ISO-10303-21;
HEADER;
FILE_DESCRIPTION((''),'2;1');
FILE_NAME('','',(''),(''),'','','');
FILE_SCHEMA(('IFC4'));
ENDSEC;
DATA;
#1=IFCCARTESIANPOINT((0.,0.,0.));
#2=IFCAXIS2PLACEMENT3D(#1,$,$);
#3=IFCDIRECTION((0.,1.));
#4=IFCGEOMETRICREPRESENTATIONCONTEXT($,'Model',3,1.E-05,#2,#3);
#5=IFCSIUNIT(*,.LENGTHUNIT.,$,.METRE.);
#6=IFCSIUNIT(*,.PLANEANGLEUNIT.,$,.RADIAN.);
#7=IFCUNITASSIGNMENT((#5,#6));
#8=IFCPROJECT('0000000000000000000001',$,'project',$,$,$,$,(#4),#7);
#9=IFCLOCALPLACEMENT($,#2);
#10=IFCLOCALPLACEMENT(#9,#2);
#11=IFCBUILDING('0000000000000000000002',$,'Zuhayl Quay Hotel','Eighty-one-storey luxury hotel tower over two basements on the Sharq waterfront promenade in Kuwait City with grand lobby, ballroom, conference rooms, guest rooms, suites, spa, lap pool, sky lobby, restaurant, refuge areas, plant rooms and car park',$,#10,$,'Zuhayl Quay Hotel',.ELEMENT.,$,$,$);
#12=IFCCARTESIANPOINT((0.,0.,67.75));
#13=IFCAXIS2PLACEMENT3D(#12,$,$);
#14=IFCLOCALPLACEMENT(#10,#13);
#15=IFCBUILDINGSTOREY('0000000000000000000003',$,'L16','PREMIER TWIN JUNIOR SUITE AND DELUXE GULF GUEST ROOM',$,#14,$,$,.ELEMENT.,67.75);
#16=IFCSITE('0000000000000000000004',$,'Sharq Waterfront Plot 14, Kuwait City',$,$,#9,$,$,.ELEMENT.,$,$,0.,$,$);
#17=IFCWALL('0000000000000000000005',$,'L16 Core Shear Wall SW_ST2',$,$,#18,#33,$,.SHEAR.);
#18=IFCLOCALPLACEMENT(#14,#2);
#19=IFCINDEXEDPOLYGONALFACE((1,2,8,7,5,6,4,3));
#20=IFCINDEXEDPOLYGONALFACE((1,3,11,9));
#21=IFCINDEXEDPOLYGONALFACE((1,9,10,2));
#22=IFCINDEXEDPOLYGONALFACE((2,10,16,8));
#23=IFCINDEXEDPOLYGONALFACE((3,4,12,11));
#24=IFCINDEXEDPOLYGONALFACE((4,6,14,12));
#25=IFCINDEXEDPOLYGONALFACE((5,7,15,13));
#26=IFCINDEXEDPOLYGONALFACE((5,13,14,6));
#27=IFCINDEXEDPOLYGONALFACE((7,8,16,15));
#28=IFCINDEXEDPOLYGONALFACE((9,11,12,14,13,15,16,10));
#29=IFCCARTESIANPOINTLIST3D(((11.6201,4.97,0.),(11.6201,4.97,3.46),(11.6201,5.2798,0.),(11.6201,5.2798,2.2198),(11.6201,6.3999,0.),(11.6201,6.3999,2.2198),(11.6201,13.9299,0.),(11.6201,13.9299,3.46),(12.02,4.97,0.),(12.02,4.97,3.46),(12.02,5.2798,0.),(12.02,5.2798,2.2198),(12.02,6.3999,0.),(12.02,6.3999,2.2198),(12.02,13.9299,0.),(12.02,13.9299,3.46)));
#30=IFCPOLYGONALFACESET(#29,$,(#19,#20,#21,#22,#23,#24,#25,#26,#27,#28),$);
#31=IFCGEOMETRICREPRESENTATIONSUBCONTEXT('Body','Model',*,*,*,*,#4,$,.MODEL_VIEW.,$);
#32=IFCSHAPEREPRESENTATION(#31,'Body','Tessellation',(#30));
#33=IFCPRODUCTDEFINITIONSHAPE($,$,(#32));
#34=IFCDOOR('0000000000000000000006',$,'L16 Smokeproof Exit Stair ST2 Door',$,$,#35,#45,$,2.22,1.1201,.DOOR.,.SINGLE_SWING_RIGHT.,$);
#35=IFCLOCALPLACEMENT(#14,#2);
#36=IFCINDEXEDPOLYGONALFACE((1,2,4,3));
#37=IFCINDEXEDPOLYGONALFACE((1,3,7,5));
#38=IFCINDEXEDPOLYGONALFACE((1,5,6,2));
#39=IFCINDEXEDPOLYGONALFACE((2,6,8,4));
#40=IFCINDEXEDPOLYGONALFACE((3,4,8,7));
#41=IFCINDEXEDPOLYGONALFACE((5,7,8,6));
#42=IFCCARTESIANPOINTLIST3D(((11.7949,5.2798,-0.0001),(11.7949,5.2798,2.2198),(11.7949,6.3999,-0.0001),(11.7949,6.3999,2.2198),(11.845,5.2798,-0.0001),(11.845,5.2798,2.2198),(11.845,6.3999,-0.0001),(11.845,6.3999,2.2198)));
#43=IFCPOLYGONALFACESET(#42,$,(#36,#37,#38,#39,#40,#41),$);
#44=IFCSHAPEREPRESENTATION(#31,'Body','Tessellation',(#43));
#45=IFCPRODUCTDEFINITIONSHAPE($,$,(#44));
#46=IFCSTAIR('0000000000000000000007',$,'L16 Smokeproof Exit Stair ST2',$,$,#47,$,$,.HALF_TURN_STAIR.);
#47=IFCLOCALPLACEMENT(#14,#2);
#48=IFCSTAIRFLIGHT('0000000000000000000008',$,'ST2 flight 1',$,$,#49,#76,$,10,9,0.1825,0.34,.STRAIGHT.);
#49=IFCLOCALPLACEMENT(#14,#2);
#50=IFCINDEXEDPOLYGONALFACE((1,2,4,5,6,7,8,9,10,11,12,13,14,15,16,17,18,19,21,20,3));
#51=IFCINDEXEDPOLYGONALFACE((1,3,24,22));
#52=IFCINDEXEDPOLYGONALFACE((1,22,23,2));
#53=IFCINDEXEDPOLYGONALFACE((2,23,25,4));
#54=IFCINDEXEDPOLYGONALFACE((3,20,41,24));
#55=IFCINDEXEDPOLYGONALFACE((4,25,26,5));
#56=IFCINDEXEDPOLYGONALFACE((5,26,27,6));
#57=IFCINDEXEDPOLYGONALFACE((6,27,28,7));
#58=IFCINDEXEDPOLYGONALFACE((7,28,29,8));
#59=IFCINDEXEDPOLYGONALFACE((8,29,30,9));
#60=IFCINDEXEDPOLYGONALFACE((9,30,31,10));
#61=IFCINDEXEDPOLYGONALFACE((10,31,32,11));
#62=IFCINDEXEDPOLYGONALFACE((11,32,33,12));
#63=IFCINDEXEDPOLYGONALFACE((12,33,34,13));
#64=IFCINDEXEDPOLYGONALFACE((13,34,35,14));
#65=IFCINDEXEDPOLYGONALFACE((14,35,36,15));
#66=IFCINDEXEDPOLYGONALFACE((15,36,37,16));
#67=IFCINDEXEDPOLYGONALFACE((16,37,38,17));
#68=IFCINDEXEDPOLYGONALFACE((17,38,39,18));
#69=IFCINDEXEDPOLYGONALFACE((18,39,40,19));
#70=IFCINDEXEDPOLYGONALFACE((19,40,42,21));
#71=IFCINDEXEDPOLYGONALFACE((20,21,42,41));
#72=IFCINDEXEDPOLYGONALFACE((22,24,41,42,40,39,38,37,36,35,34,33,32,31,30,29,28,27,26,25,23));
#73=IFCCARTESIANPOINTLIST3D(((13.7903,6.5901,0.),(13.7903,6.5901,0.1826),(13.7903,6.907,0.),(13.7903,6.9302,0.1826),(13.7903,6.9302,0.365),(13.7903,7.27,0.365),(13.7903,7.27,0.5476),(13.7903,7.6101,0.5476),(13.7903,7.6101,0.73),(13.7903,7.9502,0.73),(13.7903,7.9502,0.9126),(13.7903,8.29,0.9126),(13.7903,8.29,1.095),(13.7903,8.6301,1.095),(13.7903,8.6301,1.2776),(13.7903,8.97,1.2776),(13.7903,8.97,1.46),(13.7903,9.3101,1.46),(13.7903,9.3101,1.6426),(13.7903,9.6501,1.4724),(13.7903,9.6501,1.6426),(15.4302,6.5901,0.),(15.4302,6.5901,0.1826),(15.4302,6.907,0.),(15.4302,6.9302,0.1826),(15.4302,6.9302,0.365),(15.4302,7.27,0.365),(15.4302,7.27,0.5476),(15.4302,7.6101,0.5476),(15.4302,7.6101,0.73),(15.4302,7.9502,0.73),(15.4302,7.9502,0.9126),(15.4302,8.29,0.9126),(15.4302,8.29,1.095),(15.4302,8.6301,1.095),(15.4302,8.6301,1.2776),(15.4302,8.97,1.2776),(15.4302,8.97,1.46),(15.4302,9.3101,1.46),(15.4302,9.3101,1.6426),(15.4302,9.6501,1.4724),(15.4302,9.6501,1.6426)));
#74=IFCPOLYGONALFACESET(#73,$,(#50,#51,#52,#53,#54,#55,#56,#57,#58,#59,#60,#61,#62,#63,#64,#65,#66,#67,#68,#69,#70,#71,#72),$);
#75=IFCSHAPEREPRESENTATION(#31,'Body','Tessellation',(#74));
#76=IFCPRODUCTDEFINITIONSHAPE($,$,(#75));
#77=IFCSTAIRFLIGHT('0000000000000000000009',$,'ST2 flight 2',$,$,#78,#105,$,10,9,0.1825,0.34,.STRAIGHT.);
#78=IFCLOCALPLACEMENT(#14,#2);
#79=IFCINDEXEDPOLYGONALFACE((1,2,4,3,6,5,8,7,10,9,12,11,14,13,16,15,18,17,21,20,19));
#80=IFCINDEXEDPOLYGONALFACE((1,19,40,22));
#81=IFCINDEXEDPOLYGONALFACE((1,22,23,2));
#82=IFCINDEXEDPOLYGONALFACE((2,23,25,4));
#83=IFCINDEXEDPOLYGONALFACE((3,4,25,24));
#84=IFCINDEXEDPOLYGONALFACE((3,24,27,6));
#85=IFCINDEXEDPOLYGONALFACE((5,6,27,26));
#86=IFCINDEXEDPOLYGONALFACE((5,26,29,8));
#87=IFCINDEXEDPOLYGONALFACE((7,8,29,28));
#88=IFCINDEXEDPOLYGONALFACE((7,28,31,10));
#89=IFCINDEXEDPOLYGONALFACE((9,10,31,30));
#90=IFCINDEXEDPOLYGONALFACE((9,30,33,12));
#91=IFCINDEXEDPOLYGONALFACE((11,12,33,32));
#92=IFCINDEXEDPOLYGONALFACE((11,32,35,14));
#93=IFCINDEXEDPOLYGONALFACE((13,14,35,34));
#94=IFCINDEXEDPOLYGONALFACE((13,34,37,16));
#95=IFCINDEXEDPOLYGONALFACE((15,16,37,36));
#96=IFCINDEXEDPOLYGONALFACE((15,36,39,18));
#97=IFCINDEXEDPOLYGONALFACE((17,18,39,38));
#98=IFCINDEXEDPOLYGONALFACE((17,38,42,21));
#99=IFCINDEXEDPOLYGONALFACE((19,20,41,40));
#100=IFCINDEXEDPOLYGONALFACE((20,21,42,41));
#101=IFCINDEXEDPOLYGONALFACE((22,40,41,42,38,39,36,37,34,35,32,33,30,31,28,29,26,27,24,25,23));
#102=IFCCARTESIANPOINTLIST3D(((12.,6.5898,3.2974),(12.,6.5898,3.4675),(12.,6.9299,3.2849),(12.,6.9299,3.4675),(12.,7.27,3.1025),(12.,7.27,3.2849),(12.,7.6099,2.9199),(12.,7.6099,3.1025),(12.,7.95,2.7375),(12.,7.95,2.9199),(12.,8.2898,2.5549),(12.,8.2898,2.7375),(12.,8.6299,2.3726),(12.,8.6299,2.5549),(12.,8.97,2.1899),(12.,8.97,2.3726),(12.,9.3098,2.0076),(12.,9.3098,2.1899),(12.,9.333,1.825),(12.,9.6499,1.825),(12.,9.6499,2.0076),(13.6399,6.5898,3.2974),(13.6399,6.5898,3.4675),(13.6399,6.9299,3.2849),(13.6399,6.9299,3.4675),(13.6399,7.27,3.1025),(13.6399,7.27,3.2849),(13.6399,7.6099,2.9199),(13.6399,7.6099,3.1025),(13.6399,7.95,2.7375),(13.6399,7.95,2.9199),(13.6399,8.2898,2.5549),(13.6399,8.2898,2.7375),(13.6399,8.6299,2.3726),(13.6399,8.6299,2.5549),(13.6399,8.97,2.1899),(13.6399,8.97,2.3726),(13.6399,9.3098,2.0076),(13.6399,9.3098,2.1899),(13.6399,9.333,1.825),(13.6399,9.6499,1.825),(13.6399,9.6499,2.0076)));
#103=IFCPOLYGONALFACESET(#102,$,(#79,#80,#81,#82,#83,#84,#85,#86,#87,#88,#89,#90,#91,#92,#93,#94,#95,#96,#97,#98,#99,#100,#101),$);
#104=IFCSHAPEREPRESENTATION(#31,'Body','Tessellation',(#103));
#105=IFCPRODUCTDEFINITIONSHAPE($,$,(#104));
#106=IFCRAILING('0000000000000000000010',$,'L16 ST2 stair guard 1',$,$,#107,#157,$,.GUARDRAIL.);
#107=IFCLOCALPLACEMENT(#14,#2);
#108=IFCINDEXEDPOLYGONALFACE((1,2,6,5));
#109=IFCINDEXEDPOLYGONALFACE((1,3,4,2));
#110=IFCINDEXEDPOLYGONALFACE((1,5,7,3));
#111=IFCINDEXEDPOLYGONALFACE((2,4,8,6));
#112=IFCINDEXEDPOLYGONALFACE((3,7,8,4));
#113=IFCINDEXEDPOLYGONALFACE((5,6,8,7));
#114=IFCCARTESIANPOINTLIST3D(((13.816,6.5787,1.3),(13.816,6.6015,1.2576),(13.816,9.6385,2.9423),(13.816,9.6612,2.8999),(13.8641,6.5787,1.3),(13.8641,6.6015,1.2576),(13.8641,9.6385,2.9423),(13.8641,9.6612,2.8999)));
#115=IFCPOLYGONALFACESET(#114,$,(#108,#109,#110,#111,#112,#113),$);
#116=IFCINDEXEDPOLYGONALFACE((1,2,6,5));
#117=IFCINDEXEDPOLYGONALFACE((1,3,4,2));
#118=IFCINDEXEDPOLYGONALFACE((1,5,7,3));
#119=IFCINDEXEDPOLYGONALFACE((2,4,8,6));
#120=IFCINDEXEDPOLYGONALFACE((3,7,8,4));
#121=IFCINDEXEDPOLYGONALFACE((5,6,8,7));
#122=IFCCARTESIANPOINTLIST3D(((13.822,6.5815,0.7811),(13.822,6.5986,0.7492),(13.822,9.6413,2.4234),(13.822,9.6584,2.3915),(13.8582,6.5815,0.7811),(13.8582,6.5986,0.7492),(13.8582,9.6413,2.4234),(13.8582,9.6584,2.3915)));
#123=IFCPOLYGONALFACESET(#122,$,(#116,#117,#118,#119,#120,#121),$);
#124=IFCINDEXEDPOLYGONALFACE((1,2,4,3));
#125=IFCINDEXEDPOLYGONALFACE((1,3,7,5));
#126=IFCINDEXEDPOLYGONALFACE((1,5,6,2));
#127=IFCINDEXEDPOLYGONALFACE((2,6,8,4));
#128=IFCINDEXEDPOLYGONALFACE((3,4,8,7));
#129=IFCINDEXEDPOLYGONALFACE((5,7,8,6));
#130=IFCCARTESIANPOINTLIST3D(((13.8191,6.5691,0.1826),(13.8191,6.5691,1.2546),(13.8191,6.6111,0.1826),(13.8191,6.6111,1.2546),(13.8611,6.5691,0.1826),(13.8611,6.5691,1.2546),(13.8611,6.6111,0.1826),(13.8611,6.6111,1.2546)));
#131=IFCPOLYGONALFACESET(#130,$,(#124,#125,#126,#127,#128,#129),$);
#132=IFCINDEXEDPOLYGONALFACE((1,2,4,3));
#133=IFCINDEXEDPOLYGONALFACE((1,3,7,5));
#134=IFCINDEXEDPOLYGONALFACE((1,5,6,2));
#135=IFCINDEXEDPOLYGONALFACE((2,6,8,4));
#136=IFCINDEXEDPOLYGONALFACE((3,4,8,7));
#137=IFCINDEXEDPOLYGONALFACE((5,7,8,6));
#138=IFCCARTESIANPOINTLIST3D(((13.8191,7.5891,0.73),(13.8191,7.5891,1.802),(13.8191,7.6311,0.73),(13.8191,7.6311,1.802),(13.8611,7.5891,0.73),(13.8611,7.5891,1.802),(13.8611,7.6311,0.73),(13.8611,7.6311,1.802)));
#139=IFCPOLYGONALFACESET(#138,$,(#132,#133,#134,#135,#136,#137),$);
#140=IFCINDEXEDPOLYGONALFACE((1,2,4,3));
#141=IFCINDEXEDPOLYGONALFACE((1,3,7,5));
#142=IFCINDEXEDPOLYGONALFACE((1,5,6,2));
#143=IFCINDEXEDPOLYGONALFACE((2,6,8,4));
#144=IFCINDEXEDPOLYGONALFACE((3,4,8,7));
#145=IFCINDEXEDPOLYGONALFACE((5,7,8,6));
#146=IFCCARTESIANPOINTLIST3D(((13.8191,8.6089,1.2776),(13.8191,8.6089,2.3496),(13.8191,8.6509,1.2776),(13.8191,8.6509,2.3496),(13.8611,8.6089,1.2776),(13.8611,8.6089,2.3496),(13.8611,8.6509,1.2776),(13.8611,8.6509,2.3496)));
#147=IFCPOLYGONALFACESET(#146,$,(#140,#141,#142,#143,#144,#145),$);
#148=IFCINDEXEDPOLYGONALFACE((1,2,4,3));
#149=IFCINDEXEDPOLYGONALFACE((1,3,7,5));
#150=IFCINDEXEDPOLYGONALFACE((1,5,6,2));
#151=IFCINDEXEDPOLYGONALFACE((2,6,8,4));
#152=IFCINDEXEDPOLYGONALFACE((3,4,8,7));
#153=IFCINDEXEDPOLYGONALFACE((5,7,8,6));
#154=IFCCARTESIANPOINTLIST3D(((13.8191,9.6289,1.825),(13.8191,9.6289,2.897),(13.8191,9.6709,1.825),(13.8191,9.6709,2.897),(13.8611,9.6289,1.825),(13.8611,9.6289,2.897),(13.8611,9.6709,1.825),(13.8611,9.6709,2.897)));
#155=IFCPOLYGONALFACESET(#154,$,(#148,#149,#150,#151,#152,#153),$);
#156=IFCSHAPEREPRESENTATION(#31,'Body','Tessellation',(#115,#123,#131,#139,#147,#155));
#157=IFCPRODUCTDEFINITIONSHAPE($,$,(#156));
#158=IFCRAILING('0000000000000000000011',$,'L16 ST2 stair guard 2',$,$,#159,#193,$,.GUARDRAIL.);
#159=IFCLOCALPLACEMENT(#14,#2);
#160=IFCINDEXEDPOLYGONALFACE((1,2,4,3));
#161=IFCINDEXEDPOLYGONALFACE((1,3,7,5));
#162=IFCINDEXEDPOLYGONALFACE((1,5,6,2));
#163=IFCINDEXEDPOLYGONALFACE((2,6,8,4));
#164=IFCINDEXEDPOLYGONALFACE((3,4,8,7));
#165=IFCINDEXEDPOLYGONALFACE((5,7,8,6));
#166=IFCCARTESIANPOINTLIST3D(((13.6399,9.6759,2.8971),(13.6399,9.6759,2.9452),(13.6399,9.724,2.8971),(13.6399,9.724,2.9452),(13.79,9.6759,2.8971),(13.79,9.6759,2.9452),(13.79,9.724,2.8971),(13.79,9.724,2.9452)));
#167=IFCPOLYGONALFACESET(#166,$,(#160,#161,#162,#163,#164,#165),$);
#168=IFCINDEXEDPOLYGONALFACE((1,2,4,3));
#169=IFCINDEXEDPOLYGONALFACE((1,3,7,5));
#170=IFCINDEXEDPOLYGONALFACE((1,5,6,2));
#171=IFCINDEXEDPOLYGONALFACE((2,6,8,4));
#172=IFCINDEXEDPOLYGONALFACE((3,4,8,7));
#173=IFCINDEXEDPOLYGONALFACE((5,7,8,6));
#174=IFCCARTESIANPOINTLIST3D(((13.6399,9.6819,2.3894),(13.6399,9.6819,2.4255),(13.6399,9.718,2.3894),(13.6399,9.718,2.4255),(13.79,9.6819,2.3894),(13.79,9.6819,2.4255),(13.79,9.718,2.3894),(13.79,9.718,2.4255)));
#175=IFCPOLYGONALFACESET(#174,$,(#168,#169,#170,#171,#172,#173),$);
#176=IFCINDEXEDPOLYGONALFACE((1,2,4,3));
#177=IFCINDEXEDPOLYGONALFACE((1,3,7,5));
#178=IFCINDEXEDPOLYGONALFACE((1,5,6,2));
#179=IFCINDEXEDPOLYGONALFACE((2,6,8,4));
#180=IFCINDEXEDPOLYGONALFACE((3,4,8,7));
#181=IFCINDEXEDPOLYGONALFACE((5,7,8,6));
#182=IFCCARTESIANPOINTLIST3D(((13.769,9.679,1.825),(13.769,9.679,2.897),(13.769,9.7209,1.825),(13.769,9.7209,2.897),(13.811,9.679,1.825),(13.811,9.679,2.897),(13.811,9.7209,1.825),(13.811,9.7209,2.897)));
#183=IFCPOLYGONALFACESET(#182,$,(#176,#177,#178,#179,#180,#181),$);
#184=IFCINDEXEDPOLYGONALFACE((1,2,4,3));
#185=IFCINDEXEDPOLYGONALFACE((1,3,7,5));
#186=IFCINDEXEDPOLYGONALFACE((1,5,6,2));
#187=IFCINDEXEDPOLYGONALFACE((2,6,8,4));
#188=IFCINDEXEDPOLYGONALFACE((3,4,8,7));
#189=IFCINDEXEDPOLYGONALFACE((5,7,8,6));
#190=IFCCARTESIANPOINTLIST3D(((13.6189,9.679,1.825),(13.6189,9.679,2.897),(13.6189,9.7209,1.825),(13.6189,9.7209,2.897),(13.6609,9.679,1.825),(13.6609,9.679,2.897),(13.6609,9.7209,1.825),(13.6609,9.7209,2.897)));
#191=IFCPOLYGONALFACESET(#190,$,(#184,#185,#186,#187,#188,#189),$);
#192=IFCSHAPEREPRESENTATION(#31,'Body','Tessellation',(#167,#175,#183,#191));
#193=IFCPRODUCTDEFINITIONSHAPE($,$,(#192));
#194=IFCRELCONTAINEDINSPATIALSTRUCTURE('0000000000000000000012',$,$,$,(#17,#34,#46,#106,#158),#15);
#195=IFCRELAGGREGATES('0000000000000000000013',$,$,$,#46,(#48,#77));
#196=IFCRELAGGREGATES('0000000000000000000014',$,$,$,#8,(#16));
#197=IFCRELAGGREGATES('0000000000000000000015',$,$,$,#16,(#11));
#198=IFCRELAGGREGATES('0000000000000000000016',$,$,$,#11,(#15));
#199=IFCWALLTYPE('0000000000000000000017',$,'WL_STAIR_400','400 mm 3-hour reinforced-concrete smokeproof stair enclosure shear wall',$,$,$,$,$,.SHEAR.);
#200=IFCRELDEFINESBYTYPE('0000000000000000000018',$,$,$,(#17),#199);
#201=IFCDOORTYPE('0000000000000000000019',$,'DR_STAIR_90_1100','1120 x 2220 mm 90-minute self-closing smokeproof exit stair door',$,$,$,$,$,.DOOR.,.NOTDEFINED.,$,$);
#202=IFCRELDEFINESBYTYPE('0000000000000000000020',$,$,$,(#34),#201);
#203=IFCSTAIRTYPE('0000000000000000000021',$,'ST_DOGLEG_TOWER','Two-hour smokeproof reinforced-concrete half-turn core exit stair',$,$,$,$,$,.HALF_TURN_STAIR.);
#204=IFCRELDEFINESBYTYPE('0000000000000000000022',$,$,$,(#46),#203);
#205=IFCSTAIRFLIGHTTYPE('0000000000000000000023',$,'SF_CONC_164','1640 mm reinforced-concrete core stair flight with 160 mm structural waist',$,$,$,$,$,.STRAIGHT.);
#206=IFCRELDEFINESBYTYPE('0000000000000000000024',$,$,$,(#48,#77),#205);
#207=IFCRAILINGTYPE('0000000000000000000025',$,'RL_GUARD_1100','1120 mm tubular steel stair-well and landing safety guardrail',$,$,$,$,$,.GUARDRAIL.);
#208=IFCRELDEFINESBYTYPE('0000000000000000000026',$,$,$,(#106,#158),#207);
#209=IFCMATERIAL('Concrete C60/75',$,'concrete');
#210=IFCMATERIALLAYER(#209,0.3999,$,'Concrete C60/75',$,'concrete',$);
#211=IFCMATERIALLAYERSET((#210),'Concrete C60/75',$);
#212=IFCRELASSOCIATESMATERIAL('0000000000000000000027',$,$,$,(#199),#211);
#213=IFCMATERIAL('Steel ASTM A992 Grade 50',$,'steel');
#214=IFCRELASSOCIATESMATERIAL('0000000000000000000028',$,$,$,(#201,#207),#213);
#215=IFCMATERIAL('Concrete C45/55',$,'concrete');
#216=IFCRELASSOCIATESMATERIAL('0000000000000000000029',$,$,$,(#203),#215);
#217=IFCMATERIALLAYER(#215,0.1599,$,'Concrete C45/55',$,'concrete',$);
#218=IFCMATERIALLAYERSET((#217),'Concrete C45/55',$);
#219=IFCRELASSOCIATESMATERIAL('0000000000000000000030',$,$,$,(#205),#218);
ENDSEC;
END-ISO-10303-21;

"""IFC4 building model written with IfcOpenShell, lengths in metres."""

from ifc_helpers import new_model, si_unit, direction, frame, frame_2d, origin, origin_2d, place, context, subcontext, project, spatial, polyline, rectangle, outline, extrude, material, layer, layer_set, type_object, element, fill, aggregate, save


model = new_model("IFC4")

# Units and contexts
model_context = context("Model", 3, precision=1e-05, world=origin(), true_north=direction((0.0, 1.0)))
body_context = subcontext(model_context, "Body", "Model", "MODEL_VIEW")
ifc_project = project(units=[si_unit("LENGTHUNIT", "METRE"), si_unit("PLANEANGLEUNIT", "RADIAN")], contexts=[model_context])

# Site, building, storey
site_placement = place(None, origin())
site = spatial("IfcSite", under=ifc_project, at=site_placement, Name="Sharq Waterfront Plot 14, Kuwait City", CompositionType="ELEMENT", RefElevation=0.0)
building_placement = place(site_placement, origin())
building = spatial("IfcBuilding", under=site, at=building_placement, Name="Zuhayl Quay Hotel", Description="Eighty-one-storey luxury hotel tower over two basements on the Sharq waterfront promenade in Kuwait City with grand lobby, ballroom, conference rooms, guest rooms, suites, spa, lap pool, sky lobby, restaurant, refuge areas, plant rooms and car park", LongName="Zuhayl Quay Hotel", CompositionType="ELEMENT")
storey_placement = place(building_placement, frame((0.0, 0.0, 67.75)))
storey = spatial("IfcBuildingStorey", under=building, at=storey_placement, Name="L16", Description="PREMIER TWIN JUNIOR SUITE AND DELUXE GULF GUEST ROOM", CompositionType="ELEMENT", Elevation=67.75)

# Shared definitions
ifc_material_1 = material(Name="Steel ASTM A992 Grade 50", Category="steel")

# Wall, opening, door
ifc_material_2 = material(Name="Concrete C60/75", Category="concrete")
ifc_layer_1 = layer(ifc_material_2, 0.3999, Name="Concrete C60/75", Category="concrete")
ifc_layer_set_1 = layer_set([ifc_layer_1], Name="Concrete C60/75")
wall_type_1 = type_object("IfcWallType", Name="WL_STAIR_400", Description="400 mm 3-hour reinforced-concrete smokeproof stair enclosure shear wall", PredefinedType="SHEAR", material=ifc_layer_set_1)
wall_1_placement = place(storey_placement, frame((11.8201, 13.9299, 0.0), z_axis=(0.0, 0.0, 1.0), x_axis=(0.0, -1.0, 0.0)))
wall_1 = element("IfcWall", 1, at=wall_1_placement, inside=storey, type_object=wall_type_1, Name="L16 Core Shear Wall SW_ST2", PredefinedType="SHEAR", context=body_context, shape_type="SweptSolid", body=[
    extrude(rectangle(XDim=8.96, YDim=0.3999, at=frame_2d((4.48, 0.0))), origin(), (0.0, 0.0, 1.0), 3.46),
])
opening_1_placement = place(wall_1_placement, frame((7.53, 0.0, 0.0)))
opening_1 = element("IfcOpeningElement", 2, at=opening_1_placement, cuts=wall_1, PredefinedType="OPENING", context=body_context, shape_type="SweptSolid", body=[
    extrude(rectangle(XDim=1.1201, YDim=2.22, at=frame_2d((0.5601, 1.1099))), frame((0.0, 0.21, 0.0), z_axis=(0.0, -1.0, 0.0), x_axis=(1.0, 0.0, 0.0)), (0.0, 0.0, 1.0), 0.4199),
])
door_type_1 = type_object("IfcDoorType", Name="DR_STAIR_90_1100", Description="1120 x 2220 mm 90-minute self-closing smokeproof exit stair door", OperationType="NOTDEFINED", PredefinedType="DOOR", material=ifc_material_1)
door_1_placement = place(opening_1_placement, origin())
door_1 = element("IfcDoor", 3, at=door_1_placement, inside=storey, type_object=door_type_1, Name="L16 Smokeproof Exit Stair ST2 Door", OperationType="SINGLE_SWING_RIGHT", OverallHeight=2.22, OverallWidth=1.1201, PredefinedType="DOOR", context=body_context, shape_type="SweptSolid", body=[
    extrude(rectangle(XDim=1.1201, YDim=2.22, at=frame_2d((0.5601, 1.1099))), frame((0.0, 0.0249, 0.0), z_axis=(0.0, -1.0, 0.0), x_axis=(1.0, 0.0, 0.0)), (0.0, 0.0, 1.0), 0.05),
])
fill(opening_1, door_1)

# Stair, stair flights
ifc_material_3 = material(Name="Concrete C45/55", Category="concrete")
stair_type = type_object("IfcStairType", Name="ST_DOGLEG_TOWER", Description="Two-hour smokeproof reinforced-concrete half-turn core exit stair", PredefinedType="HALF_TURN_STAIR", material=ifc_material_3)
stair_placement = place(storey_placement, origin())
stair = element("IfcStair", 4, at=stair_placement, inside=storey, type_object=stair_type, Name="L16 Smokeproof Exit Stair ST2", PredefinedType="HALF_TURN_STAIR")
ifc_layer_2 = layer(ifc_material_3, 0.1599, Name="Concrete C45/55", Category="concrete")
ifc_layer_set_2 = layer_set([ifc_layer_2], Name="Concrete C45/55")
stair_flight_type = type_object("IfcStairFlightType", Name="SF_CONC_164", Description="1640 mm reinforced-concrete core stair flight with 160 mm structural waist", PredefinedType="STRAIGHT", material=ifc_layer_set_2)
stair_flight_1_placement = place(storey_placement, frame((14.6101, 6.5901, 0.0), z_axis=(0.0, 0.0, 1.0), x_axis=(0.0, 1.0, 0.0)))
stair_flight_1 = element("IfcStairFlight", 5, at=stair_flight_1_placement, type_object=stair_flight_type, Name="ST2 flight 1", NumberOfRisers=10, NumberOfTreads=9, PredefinedType="STRAIGHT", RiserHeight=0.1825, TreadLength=0.34, context=body_context, shape_type="SweptSolid", body=[
    extrude(outline(polyline([(0.0, 0.0), (0.0, 0.1826), (0.3401, 0.1826), (0.3401, 0.365), (0.6799, 0.365), (0.6799, 0.5476), (1.02, 0.5476), (1.02, 0.73), (1.3601, 0.73), (1.3601, 0.9126), (1.7, 0.9126), (1.7, 1.095), (2.04, 1.095), (2.04, 1.2776), (2.3799, 1.2776), (2.3799, 1.46), (2.72, 1.46), (2.72, 1.6426), (3.0601, 1.6426), (3.0601, 1.825), (3.0601, 1.4724), (0.3169, 0.0), (0.0, 0.0)])), frame((0.0, 0.8198, 0.0), z_axis=(0.0, -1.0, 0.0), x_axis=(1.0, 0.0, 0.0)), (0.0, 0.0, 1.0), 1.6399),
])
stair_flight_2_placement = place(storey_placement, frame((12.8201, 9.6499, 1.825), z_axis=(0.0, 0.0, 1.0), x_axis=(0.0, -1.0, 0.0)))
stair_flight_2 = element("IfcStairFlight", 6, at=stair_flight_2_placement, type_object=stair_flight_type, Name="ST2 flight 2", NumberOfRisers=10, NumberOfTreads=9, PredefinedType="STRAIGHT", RiserHeight=0.1825, TreadLength=0.34, context=body_context, shape_type="SweptSolid", body=[
    extrude(outline(polyline([(0.0, 0.0), (0.0, 0.1826), (0.3401, 0.1826), (0.3401, 0.365), (0.6799, 0.365), (0.6799, 0.5476), (1.02, 0.5476), (1.02, 0.73), (1.3601, 0.73), (1.3601, 0.9126), (1.7, 0.9126), (1.7, 1.095), (2.04, 1.095), (2.04, 1.2776), (2.3799, 1.2776), (2.3799, 1.46), (2.72, 1.46), (2.72, 1.6426), (3.0601, 1.6426), (3.0601, 1.825), (3.0601, 1.4724), (0.3169, 0.0), (0.0, 0.0)])), frame((0.0, 0.8198, 0.0), z_axis=(0.0, -1.0, 0.0), x_axis=(1.0, 0.0, 0.0)), (0.0, 0.0, 1.0), 1.6399),
])
aggregate(stair, [stair_flight_1, stair_flight_2])

# Railings
railing_type_1 = type_object("IfcRailingType", Name="RL_GUARD_1100", Description="1120 mm tubular steel stair-well and landing safety guardrail", PredefinedType="GUARDRAIL", material=ifc_material_1)
railing_1_placement = place(storey_placement, frame((13.8401, 6.5901, 0.1826)))
element("IfcRailing", 7, at=railing_1_placement, inside=storey, type_object=railing_type_1, Name="L16 ST2 stair guard 1", PredefinedType="GUARDRAIL", context=body_context, shape_type="SweptSolid", body=[
    extrude(rectangle(XDim=0.0481, YDim=0.0481, at=origin_2d()), frame((0.0, 0.0, 1.0962), z_axis=(0.0, 0.881102, 0.472926), x_axis=(-1.0, 0.0, 0.0)), (0.0, 0.0, 1.0), 3.4727),
    extrude(rectangle(XDim=0.0361, YDim=0.0361, at=origin_2d()), frame((0.0, 0.0, 0.5825), z_axis=(0.0, 0.881102, 0.472926), x_axis=(-1.0, 0.0, 0.0)), (0.0, 0.0, 1.0), 3.4727),
    extrude(rectangle(XDim=0.042, YDim=0.042, at=origin_2d()), origin(), (0.0, 0.0, 1.0), 1.072),
    extrude(rectangle(XDim=0.042, YDim=0.042, at=origin_2d()), frame((0.0, 1.02, 0.5474)), (0.0, 0.0, 1.0), 1.072),
    extrude(rectangle(XDim=0.042, YDim=0.042, at=origin_2d()), frame((0.0, 2.0398, 1.095)), (0.0, 0.0, 1.0), 1.072),
    extrude(rectangle(XDim=0.042, YDim=0.042, at=origin_2d()), frame((0.0, 3.0598, 1.6423)), (0.0, 0.0, 1.0), 1.072),
])
railing_2_placement = place(storey_placement, frame((13.79, 9.7, 1.825)))
element("IfcRailing", 8, at=railing_2_placement, inside=storey, type_object=railing_type_1, Name="L16 ST2 stair guard 2", PredefinedType="GUARDRAIL", context=body_context, shape_type="SweptSolid", body=[
    extrude(rectangle(XDim=0.0481, YDim=0.0481, at=origin_2d()), frame((0.0, 0.0, 1.0962), z_axis=(-1.0, 0.0, 0.0), x_axis=(0.0, -1.0, 0.0)), (0.0, 0.0, 1.0), 0.1501),
    extrude(rectangle(XDim=0.0361, YDim=0.0361, at=origin_2d()), frame((0.0, 0.0, 0.5825), z_axis=(-1.0, 0.0, 0.0), x_axis=(0.0, -1.0, 0.0)), (0.0, 0.0, 1.0), 0.1501),
    extrude(rectangle(XDim=0.042, YDim=0.042, at=origin_2d()), origin(), (0.0, 0.0, 1.0), 1.072),
    extrude(rectangle(XDim=0.042, YDim=0.042, at=origin_2d()), frame((-0.1501, 0.0, 0.0)), (0.0, 0.0, 1.0), 1.072),
])

save(model, "model.ifc")
